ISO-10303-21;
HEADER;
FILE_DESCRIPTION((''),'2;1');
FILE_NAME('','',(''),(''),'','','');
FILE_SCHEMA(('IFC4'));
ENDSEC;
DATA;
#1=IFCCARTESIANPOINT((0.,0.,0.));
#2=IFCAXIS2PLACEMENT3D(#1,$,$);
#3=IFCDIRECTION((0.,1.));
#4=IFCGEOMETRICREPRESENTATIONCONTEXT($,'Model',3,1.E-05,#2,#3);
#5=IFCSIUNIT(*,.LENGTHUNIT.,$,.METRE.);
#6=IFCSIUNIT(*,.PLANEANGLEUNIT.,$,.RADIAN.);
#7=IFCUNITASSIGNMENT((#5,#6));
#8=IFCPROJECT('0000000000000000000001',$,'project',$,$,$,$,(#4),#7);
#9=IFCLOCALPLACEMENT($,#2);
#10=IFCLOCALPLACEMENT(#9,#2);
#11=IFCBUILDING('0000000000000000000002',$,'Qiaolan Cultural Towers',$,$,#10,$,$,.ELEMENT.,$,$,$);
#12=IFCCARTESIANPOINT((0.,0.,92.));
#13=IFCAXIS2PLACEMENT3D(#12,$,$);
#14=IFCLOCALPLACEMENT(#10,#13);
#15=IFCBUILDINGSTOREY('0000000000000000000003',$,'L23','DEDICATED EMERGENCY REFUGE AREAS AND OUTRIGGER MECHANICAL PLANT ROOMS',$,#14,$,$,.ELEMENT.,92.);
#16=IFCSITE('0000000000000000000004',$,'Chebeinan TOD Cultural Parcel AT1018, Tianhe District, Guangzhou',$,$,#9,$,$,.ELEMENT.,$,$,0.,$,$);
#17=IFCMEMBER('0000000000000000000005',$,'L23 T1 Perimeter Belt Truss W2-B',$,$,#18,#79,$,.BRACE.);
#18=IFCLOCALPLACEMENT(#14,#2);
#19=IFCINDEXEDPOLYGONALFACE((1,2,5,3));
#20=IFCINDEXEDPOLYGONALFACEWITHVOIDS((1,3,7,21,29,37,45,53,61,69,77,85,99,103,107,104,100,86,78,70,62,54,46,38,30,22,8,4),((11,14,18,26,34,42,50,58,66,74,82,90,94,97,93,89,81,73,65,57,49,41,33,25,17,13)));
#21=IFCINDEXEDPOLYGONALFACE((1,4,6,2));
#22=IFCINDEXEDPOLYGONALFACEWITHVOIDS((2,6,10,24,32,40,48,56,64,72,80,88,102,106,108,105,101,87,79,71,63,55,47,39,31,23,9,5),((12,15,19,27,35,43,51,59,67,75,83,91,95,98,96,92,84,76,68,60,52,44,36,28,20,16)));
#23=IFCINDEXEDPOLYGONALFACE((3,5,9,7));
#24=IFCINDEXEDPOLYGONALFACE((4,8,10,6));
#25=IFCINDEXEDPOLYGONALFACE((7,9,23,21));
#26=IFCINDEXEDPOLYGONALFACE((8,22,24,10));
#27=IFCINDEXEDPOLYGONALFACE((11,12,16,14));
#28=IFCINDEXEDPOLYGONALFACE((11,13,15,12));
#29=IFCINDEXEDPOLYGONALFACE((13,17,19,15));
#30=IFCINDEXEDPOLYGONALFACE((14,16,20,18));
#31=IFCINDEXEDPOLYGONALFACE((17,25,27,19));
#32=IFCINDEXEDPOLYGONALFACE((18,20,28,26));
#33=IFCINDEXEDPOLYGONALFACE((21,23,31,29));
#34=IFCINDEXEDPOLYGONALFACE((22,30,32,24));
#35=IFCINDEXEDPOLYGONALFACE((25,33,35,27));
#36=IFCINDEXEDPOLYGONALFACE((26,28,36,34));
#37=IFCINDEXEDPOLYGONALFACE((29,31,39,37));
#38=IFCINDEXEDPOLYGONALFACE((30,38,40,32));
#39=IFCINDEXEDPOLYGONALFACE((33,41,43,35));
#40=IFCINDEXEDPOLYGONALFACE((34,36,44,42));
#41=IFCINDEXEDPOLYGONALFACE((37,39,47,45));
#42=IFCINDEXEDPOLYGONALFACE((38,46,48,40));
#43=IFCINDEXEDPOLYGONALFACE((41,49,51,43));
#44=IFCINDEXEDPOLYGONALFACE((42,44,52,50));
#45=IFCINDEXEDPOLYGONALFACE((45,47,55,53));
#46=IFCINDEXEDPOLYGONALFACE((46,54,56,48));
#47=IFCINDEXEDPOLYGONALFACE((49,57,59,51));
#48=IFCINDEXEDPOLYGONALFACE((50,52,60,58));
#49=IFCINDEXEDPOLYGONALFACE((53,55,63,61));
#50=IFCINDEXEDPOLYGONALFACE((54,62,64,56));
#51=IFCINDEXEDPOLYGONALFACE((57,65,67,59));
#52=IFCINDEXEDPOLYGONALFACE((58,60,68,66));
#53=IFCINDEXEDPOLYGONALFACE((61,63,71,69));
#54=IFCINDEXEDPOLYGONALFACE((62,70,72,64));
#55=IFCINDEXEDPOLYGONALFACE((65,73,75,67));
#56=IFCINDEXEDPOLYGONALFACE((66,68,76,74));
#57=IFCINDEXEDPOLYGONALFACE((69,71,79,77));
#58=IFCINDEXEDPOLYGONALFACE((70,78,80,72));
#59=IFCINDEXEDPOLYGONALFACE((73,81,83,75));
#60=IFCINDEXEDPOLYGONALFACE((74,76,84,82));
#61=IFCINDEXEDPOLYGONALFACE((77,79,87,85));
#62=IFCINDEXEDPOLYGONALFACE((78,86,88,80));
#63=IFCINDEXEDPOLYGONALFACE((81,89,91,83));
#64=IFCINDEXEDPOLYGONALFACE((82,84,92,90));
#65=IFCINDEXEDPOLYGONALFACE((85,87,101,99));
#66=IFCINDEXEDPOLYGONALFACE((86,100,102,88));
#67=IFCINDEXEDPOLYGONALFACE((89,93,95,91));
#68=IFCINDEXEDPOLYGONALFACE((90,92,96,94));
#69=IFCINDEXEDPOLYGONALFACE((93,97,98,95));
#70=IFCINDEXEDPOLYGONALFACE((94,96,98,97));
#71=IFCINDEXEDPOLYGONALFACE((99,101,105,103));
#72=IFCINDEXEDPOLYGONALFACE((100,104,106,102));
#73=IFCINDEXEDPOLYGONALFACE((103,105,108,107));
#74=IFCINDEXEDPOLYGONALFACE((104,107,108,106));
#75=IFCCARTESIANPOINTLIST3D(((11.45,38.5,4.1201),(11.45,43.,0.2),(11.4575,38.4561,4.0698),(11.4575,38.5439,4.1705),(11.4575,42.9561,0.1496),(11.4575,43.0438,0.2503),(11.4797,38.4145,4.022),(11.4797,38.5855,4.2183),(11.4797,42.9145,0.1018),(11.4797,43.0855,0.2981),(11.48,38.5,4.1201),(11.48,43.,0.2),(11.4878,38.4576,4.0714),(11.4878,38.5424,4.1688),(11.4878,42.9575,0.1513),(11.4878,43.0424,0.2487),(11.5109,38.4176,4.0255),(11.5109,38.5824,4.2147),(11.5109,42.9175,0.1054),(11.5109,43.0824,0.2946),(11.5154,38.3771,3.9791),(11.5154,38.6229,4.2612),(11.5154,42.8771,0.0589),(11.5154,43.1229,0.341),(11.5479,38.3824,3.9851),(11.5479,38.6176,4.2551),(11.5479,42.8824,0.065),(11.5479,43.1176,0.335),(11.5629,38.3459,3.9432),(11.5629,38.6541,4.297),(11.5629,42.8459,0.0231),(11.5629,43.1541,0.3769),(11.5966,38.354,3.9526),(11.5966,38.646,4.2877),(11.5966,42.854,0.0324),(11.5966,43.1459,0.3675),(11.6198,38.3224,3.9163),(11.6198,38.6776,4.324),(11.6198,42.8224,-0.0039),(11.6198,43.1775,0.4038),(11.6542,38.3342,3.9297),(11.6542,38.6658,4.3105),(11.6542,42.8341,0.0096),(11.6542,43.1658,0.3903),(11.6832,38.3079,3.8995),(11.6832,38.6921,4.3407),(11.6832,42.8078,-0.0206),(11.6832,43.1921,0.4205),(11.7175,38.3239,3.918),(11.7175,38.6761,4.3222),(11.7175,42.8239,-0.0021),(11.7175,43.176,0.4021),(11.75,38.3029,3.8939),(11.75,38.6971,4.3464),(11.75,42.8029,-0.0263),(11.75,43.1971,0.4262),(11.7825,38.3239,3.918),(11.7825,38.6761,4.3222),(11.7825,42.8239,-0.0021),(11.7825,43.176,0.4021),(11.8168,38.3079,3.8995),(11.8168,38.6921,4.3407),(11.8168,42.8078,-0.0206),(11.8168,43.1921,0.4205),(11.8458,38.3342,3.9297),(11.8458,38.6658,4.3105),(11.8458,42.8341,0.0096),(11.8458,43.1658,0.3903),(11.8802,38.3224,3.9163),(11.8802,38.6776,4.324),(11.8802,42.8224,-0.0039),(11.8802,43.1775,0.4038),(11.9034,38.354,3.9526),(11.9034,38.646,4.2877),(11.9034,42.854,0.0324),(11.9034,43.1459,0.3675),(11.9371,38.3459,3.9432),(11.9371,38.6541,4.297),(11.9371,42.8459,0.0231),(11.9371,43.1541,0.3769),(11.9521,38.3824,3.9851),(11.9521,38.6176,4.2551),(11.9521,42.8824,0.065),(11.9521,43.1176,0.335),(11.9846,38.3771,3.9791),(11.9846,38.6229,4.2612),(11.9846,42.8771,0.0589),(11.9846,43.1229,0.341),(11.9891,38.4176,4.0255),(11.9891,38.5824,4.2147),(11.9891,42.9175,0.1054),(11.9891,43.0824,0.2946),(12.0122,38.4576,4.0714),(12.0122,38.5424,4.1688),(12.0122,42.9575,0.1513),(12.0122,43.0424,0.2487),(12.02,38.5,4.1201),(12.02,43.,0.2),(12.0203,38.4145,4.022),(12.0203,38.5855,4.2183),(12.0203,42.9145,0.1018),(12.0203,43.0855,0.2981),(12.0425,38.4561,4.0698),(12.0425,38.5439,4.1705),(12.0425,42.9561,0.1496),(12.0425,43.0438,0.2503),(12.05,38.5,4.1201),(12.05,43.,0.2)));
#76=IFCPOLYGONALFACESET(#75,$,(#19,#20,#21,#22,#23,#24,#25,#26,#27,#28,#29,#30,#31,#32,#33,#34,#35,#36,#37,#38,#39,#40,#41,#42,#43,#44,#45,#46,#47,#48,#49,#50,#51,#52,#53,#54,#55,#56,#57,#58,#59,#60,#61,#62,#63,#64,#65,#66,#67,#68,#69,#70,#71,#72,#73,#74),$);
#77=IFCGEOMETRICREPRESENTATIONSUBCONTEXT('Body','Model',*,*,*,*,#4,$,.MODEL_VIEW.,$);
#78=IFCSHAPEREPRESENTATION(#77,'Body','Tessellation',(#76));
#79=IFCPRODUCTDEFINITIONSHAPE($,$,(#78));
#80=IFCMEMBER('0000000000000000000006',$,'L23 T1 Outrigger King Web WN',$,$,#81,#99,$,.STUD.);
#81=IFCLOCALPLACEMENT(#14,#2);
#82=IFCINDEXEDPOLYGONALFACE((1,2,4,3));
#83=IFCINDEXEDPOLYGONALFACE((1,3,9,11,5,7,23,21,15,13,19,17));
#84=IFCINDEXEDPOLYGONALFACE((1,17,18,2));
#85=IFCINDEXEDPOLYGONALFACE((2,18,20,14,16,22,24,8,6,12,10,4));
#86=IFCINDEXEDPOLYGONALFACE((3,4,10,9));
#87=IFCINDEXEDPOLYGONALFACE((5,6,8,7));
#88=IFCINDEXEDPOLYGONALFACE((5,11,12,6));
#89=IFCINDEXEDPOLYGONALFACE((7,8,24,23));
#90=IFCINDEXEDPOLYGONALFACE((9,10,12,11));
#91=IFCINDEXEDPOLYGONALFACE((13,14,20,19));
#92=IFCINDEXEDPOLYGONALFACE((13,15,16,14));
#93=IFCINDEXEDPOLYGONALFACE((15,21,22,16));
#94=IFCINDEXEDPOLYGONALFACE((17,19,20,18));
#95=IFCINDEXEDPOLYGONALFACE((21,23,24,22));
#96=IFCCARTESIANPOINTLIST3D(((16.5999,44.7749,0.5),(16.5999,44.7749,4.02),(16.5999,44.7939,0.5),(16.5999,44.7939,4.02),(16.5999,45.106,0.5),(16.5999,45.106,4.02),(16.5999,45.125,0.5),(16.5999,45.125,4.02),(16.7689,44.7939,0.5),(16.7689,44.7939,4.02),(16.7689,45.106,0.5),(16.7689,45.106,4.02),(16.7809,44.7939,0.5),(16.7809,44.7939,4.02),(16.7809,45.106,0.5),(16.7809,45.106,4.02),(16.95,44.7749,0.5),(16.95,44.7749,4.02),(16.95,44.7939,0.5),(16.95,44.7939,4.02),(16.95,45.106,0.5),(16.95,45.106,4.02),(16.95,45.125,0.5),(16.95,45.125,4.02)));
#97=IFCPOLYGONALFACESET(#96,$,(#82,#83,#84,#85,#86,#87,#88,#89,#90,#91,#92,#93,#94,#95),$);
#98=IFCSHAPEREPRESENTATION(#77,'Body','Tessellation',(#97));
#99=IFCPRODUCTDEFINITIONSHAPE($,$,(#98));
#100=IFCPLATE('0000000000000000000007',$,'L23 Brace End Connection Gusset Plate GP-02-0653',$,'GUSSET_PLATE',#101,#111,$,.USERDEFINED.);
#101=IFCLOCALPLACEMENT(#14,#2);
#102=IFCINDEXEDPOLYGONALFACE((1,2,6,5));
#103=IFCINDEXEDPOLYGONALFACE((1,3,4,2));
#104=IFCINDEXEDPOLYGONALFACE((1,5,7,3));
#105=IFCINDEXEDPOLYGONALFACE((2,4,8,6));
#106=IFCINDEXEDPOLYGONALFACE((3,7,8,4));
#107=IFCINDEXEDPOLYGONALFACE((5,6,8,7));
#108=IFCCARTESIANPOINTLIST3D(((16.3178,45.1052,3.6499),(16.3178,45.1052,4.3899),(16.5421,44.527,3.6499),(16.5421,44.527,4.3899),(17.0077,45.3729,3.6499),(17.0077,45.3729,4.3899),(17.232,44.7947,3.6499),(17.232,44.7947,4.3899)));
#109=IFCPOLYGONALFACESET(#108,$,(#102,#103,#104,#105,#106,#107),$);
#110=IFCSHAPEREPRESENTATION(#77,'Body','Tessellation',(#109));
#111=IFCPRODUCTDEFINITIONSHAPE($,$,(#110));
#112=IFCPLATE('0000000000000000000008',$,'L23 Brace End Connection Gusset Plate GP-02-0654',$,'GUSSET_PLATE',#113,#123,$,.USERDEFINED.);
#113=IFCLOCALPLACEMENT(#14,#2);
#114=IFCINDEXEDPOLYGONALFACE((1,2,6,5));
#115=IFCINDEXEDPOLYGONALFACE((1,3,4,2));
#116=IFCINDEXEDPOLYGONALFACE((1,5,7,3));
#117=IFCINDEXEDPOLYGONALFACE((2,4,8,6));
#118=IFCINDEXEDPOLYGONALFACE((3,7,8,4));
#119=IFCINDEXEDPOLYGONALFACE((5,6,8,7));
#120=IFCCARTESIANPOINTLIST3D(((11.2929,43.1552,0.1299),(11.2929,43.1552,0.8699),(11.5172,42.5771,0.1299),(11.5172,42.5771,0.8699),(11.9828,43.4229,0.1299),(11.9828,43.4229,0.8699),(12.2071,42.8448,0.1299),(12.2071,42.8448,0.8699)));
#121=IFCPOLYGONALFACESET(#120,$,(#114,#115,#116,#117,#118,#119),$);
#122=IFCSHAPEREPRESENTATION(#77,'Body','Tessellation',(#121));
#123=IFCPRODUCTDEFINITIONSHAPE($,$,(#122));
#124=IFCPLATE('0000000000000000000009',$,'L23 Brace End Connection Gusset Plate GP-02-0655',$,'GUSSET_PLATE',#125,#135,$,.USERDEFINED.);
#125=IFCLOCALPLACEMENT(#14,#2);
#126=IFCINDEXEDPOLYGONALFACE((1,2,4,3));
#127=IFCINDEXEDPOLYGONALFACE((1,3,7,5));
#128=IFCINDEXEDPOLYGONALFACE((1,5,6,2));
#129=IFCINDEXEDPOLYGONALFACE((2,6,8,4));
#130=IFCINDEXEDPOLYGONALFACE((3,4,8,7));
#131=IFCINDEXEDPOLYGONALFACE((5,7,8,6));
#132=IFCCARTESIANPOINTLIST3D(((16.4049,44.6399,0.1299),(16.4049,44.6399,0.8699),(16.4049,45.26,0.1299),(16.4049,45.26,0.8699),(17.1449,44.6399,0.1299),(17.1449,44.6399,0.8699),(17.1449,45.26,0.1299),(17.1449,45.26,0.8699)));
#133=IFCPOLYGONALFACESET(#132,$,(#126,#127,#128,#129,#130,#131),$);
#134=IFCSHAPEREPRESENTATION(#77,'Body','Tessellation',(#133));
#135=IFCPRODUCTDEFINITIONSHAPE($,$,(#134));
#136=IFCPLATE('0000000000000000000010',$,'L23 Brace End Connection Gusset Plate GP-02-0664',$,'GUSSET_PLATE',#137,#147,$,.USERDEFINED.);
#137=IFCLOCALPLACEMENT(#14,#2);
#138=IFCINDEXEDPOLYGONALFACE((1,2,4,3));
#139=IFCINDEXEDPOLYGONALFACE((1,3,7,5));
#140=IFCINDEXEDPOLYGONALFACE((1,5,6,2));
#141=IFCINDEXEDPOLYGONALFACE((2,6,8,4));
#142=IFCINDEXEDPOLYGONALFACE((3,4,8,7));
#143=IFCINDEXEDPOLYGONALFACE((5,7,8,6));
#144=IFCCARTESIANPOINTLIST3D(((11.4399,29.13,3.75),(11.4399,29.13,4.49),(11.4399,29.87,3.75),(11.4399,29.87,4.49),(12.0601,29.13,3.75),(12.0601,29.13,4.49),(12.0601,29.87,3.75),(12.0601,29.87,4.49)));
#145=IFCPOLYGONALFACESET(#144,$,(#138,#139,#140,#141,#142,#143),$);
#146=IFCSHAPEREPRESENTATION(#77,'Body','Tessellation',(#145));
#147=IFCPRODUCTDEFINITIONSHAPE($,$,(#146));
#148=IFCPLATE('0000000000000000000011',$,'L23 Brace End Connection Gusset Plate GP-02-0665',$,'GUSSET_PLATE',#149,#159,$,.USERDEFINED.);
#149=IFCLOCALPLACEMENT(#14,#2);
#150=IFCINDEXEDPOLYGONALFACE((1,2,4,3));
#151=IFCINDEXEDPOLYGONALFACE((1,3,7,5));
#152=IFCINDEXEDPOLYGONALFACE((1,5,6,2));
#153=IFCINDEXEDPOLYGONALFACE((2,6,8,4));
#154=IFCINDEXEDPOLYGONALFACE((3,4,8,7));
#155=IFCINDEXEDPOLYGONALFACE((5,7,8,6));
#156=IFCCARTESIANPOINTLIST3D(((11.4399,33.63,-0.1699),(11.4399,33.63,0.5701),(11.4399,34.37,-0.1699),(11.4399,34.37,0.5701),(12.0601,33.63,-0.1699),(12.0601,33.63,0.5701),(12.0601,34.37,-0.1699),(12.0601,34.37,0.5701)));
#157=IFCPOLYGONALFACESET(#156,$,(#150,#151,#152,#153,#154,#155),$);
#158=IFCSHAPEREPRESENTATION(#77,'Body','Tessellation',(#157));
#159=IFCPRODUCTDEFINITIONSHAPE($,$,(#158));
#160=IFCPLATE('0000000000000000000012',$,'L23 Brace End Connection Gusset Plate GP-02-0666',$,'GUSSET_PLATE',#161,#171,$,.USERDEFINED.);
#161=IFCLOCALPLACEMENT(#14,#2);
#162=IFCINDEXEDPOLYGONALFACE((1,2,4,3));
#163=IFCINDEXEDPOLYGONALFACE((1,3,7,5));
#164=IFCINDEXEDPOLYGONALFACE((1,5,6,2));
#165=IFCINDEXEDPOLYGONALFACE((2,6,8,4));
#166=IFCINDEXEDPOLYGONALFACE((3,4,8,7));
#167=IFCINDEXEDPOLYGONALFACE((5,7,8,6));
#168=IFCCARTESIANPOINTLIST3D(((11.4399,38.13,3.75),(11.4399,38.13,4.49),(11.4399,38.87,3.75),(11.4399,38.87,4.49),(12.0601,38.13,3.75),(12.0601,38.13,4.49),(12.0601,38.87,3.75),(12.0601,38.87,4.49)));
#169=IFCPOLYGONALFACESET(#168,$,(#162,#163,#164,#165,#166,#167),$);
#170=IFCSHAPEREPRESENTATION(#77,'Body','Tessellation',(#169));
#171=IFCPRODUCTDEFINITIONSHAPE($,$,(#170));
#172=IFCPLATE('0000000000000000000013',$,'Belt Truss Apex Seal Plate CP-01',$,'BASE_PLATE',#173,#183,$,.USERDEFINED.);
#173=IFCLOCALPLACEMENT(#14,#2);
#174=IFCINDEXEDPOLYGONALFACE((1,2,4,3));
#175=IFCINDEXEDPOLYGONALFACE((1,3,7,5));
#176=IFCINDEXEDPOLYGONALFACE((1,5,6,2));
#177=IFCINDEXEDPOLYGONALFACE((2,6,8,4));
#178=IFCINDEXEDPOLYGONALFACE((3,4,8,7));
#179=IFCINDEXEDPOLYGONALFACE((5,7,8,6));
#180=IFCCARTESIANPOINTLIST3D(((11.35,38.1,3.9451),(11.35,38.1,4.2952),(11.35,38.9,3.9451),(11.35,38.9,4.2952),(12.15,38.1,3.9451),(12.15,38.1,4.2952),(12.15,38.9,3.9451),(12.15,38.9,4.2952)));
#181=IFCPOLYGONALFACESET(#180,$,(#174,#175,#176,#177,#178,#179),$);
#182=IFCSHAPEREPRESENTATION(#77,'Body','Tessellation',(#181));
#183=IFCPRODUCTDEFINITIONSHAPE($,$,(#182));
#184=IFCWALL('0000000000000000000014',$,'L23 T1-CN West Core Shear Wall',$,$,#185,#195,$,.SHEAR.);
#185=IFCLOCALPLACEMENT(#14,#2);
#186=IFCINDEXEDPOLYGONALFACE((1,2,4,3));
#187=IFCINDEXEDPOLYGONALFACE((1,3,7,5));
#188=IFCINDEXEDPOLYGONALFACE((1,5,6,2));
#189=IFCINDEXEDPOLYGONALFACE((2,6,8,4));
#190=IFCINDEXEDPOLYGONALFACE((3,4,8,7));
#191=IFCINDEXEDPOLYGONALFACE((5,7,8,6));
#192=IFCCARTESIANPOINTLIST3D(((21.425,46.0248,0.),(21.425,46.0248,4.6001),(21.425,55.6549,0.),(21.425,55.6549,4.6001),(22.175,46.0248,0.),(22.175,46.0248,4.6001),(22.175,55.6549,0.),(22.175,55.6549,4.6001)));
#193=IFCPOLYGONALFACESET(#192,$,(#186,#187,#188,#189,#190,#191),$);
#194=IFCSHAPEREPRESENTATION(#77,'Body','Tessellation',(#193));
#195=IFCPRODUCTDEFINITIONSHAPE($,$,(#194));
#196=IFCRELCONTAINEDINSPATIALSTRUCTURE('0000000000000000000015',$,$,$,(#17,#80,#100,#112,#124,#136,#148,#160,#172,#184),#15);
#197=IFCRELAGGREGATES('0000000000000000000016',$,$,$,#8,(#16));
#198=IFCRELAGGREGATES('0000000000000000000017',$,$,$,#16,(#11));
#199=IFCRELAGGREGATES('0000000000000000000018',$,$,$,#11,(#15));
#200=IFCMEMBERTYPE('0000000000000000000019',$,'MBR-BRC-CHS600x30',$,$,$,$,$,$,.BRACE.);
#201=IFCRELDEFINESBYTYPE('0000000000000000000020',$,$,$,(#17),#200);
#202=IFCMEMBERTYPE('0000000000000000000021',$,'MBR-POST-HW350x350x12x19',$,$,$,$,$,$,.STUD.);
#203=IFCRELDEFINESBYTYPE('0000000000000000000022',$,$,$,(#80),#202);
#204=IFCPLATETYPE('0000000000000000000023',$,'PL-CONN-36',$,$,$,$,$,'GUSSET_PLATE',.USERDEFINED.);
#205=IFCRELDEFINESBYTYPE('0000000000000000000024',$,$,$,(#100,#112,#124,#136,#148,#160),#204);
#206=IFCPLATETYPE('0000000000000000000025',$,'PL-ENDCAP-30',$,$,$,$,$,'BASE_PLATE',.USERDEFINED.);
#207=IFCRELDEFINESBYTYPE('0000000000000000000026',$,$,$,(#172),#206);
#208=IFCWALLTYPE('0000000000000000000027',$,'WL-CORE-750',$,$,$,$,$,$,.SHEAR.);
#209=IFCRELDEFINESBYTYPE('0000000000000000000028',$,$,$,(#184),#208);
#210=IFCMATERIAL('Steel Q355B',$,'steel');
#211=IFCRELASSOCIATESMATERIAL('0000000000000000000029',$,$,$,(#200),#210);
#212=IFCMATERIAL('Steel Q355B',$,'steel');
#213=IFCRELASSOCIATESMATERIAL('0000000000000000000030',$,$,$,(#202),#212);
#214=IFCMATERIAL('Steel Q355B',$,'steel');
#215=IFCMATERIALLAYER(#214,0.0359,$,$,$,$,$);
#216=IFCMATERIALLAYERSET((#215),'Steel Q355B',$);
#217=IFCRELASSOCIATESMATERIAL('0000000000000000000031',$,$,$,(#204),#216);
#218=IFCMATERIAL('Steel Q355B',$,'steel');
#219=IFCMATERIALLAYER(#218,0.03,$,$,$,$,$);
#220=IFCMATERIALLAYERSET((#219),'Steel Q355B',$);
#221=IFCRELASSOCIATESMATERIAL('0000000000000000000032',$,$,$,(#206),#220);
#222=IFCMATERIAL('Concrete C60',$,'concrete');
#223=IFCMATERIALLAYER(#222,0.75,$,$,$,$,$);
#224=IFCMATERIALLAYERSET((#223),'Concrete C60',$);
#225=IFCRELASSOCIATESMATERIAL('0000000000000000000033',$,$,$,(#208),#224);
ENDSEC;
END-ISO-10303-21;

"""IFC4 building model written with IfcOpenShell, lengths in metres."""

from ifc_helpers import new_model, si_unit, direction, frame, frame_2d, origin, origin_2d, place, context, subcontext, project, spatial, rectangle, hollow_circle, i_section, extrude, material, layer, layer_set, material_profile, profile_set, type_object, element, save


model = new_model("IFC4")

# Units and contexts
model_context = context("Model", 3, precision=1e-05, world=origin(), true_north=direction((0.0, 1.0)))
body_context = subcontext(model_context, "Body", "Model", "MODEL_VIEW")
ifc_project = project(units=[si_unit("LENGTHUNIT", "METRE"), si_unit("PLANEANGLEUNIT", "RADIAN")], contexts=[model_context])

# Site, building, storey
site_placement = place(None, origin())
site = spatial("IfcSite", under=ifc_project, at=site_placement, Name="Chebeinan TOD Cultural Parcel AT1018, Tianhe District, Guangzhou", CompositionType="ELEMENT", RefElevation=0.0)
building_placement = place(site_placement, origin())
building = spatial("IfcBuilding", under=site, at=building_placement, Name="Qiaolan Cultural Towers", CompositionType="ELEMENT")
storey_placement = place(building_placement, frame((0.0, 0.0, 92.0)))
storey = spatial("IfcBuildingStorey", under=building, at=storey_placement, Name="L23", Description="DEDICATED EMERGENCY REFUGE AREAS AND OUTRIGGER MECHANICAL PLANT ROOMS", CompositionType="ELEMENT", Elevation=92.0)

# Members
ifc_material_1 = material(Name="Steel Q355B", Category="steel")
ifc_material_profile_1 = material_profile(ifc_material_1, hollow_circle(Radius=0.3, WallThickness=0.03, at=origin_2d()), Name="CHS600x30")
ifc_profile_set_1 = profile_set([ifc_material_profile_1], Name="Steel Q355B")
member_type_1 = type_object("IfcMemberType", Name="MBR-BRC-CHS600x30", PredefinedType="BRACE", material=ifc_profile_set_1)
for number, where, z_axis, x_axis, name in (
    (1, (11.75, 38.5, 4.1201), (0.0, 0.754014, -0.656858), (-1.0, 0.0, 0.0), "L23 T1 Perimeter Belt Truss W2-B"),
):
    element("IfcMember", number, at=place(storey_placement, frame(where, z_axis=z_axis, x_axis=x_axis)), inside=storey, type_object=member_type_1, Name=name, PredefinedType="BRACE", context=body_context, shape_type="SweptSolid", body=[
        extrude(hollow_circle(Radius=0.3, WallThickness=0.03, at=origin_2d()), origin(), (0.0, 0.0, 1.0), 5.968),
    ])
ifc_material_2 = material(Name="Steel Q355B", Category="steel")
ifc_material_profile_2 = material_profile(ifc_material_2, i_section(OverallWidth=0.3501, OverallDepth=0.3501, WebThickness=0.012, FlangeThickness=0.019, at=origin_2d()), Name="HW350x350x12x19")
ifc_profile_set_2 = profile_set([ifc_material_profile_2], Name="Steel Q355B")
member_type_2 = type_object("IfcMemberType", Name="MBR-POST-HW350x350x12x19", PredefinedType="STUD", material=ifc_profile_set_2)
member_1_placement = place(storey_placement, frame((16.7749, 44.95, 0.5), z_axis=(0.0, 0.0, 1.0), x_axis=(1.0, 0.0, 0.0)))
element("IfcMember", 2, at=member_1_placement, inside=storey, type_object=member_type_2, Name="L23 T1 Outrigger King Web WN", PredefinedType="STUD", context=body_context, shape_type="SweptSolid", body=[
    extrude(i_section(OverallWidth=0.3501, OverallDepth=0.3501, WebThickness=0.012, FlangeThickness=0.019, at=origin_2d()), origin(), (0.0, 0.0, 1.0), 3.52),
])

# Plates
ifc_material_3 = material(Name="Steel Q355B", Category="steel")
ifc_layer_1 = layer(ifc_material_3, 0.0359)
ifc_layer_set_1 = layer_set([ifc_layer_1], Name="Steel Q355B")
plate_type_1 = type_object("IfcPlateType", Name="PL-CONN-36", ElementType="GUSSET_PLATE", PredefinedType="USERDEFINED", material=ifc_layer_set_1)
for number, where, z_axis, x_axis, name in (
    (3, (16.7749, 44.95, 3.6499), (0.0, 0.0, 1.0), (0.932266, 0.361775, 0.0), "L23 Brace End Connection Gusset Plate GP-02-0653"),
    (4, (11.75, 43.0, 0.1299), (0.0, 0.0, 1.0), (0.932266, 0.361775, 0.0), "L23 Brace End Connection Gusset Plate GP-02-0654"),
    (5, (16.7749, 44.95, 0.1299), (0.0, 0.0, 1.0), (1.0, 0.0, 0.0), "L23 Brace End Connection Gusset Plate GP-02-0655"),
    (6, (11.75, 29.5, 3.75), (0.0, 0.0, 1.0), (0.0, 1.0, 0.0), "L23 Brace End Connection Gusset Plate GP-02-0664"),
    (7, (11.75, 34.0, -0.1699), (0.0, 0.0, 1.0), (0.0, 1.0, 0.0), "L23 Brace End Connection Gusset Plate GP-02-0665"),
    (8, (11.75, 38.5, 3.75), (0.0, 0.0, 1.0), (0.0, 1.0, 0.0), "L23 Brace End Connection Gusset Plate GP-02-0666"),
):
    element("IfcPlate", number, at=place(storey_placement, frame(where, z_axis=z_axis, x_axis=x_axis)), inside=storey, type_object=plate_type_1, Name=name, ObjectType="GUSSET_PLATE", PredefinedType="USERDEFINED", context=body_context, shape_type="SweptSolid", body=[
        extrude(rectangle(XDim=0.74, YDim=0.6201, at=origin_2d()), origin(), (0.0, 0.0, 1.0), 0.74),
    ])
ifc_material_4 = material(Name="Steel Q355B", Category="steel")
ifc_layer_2 = layer(ifc_material_4, 0.03)
ifc_layer_set_2 = layer_set([ifc_layer_2], Name="Steel Q355B")
plate_type_2 = type_object("IfcPlateType", Name="PL-ENDCAP-30", ElementType="BASE_PLATE", PredefinedType="USERDEFINED", material=ifc_layer_set_2)
plate_placement = place(storey_placement, frame((11.75, 38.5, 3.9451), z_axis=(0.0, 0.0, 1.0), x_axis=(1.0, 0.0, 0.0)))
element("IfcPlate", 9, at=plate_placement, inside=storey, type_object=plate_type_2, Name="Belt Truss Apex Seal Plate CP-01", ObjectType="BASE_PLATE", PredefinedType="USERDEFINED", context=body_context, shape_type="SweptSolid", body=[
    extrude(rectangle(XDim=0.8, YDim=0.8, at=origin_2d()), origin(), (0.0, 0.0, 1.0), 0.3501),
])

# Wall
ifc_material_5 = material(Name="Concrete C60", Category="concrete")
ifc_layer_3 = layer(ifc_material_5, 0.75)
ifc_layer_set_3 = layer_set([ifc_layer_3], Name="Concrete C60")
wall_type_1 = type_object("IfcWallType", Name="WL-CORE-750", PredefinedType="SHEAR", material=ifc_layer_set_3)
wall_1_placement = place(storey_placement, frame((21.8, 46.0249, 0.0), z_axis=(0.0, 0.0, 1.0), x_axis=(0.0, 1.0, 0.0)))
element("IfcWall", 10, at=wall_1_placement, inside=storey, type_object=wall_type_1, Name="L23 T1-CN West Core Shear Wall", PredefinedType="SHEAR", context=body_context, shape_type="SweptSolid", body=[
    extrude(rectangle(XDim=9.6301, YDim=0.75, at=frame_2d((4.8149, 0.0))), origin(), (0.0, 0.0, 1.0), 4.6001),
])

save(model, "model.ifc")
